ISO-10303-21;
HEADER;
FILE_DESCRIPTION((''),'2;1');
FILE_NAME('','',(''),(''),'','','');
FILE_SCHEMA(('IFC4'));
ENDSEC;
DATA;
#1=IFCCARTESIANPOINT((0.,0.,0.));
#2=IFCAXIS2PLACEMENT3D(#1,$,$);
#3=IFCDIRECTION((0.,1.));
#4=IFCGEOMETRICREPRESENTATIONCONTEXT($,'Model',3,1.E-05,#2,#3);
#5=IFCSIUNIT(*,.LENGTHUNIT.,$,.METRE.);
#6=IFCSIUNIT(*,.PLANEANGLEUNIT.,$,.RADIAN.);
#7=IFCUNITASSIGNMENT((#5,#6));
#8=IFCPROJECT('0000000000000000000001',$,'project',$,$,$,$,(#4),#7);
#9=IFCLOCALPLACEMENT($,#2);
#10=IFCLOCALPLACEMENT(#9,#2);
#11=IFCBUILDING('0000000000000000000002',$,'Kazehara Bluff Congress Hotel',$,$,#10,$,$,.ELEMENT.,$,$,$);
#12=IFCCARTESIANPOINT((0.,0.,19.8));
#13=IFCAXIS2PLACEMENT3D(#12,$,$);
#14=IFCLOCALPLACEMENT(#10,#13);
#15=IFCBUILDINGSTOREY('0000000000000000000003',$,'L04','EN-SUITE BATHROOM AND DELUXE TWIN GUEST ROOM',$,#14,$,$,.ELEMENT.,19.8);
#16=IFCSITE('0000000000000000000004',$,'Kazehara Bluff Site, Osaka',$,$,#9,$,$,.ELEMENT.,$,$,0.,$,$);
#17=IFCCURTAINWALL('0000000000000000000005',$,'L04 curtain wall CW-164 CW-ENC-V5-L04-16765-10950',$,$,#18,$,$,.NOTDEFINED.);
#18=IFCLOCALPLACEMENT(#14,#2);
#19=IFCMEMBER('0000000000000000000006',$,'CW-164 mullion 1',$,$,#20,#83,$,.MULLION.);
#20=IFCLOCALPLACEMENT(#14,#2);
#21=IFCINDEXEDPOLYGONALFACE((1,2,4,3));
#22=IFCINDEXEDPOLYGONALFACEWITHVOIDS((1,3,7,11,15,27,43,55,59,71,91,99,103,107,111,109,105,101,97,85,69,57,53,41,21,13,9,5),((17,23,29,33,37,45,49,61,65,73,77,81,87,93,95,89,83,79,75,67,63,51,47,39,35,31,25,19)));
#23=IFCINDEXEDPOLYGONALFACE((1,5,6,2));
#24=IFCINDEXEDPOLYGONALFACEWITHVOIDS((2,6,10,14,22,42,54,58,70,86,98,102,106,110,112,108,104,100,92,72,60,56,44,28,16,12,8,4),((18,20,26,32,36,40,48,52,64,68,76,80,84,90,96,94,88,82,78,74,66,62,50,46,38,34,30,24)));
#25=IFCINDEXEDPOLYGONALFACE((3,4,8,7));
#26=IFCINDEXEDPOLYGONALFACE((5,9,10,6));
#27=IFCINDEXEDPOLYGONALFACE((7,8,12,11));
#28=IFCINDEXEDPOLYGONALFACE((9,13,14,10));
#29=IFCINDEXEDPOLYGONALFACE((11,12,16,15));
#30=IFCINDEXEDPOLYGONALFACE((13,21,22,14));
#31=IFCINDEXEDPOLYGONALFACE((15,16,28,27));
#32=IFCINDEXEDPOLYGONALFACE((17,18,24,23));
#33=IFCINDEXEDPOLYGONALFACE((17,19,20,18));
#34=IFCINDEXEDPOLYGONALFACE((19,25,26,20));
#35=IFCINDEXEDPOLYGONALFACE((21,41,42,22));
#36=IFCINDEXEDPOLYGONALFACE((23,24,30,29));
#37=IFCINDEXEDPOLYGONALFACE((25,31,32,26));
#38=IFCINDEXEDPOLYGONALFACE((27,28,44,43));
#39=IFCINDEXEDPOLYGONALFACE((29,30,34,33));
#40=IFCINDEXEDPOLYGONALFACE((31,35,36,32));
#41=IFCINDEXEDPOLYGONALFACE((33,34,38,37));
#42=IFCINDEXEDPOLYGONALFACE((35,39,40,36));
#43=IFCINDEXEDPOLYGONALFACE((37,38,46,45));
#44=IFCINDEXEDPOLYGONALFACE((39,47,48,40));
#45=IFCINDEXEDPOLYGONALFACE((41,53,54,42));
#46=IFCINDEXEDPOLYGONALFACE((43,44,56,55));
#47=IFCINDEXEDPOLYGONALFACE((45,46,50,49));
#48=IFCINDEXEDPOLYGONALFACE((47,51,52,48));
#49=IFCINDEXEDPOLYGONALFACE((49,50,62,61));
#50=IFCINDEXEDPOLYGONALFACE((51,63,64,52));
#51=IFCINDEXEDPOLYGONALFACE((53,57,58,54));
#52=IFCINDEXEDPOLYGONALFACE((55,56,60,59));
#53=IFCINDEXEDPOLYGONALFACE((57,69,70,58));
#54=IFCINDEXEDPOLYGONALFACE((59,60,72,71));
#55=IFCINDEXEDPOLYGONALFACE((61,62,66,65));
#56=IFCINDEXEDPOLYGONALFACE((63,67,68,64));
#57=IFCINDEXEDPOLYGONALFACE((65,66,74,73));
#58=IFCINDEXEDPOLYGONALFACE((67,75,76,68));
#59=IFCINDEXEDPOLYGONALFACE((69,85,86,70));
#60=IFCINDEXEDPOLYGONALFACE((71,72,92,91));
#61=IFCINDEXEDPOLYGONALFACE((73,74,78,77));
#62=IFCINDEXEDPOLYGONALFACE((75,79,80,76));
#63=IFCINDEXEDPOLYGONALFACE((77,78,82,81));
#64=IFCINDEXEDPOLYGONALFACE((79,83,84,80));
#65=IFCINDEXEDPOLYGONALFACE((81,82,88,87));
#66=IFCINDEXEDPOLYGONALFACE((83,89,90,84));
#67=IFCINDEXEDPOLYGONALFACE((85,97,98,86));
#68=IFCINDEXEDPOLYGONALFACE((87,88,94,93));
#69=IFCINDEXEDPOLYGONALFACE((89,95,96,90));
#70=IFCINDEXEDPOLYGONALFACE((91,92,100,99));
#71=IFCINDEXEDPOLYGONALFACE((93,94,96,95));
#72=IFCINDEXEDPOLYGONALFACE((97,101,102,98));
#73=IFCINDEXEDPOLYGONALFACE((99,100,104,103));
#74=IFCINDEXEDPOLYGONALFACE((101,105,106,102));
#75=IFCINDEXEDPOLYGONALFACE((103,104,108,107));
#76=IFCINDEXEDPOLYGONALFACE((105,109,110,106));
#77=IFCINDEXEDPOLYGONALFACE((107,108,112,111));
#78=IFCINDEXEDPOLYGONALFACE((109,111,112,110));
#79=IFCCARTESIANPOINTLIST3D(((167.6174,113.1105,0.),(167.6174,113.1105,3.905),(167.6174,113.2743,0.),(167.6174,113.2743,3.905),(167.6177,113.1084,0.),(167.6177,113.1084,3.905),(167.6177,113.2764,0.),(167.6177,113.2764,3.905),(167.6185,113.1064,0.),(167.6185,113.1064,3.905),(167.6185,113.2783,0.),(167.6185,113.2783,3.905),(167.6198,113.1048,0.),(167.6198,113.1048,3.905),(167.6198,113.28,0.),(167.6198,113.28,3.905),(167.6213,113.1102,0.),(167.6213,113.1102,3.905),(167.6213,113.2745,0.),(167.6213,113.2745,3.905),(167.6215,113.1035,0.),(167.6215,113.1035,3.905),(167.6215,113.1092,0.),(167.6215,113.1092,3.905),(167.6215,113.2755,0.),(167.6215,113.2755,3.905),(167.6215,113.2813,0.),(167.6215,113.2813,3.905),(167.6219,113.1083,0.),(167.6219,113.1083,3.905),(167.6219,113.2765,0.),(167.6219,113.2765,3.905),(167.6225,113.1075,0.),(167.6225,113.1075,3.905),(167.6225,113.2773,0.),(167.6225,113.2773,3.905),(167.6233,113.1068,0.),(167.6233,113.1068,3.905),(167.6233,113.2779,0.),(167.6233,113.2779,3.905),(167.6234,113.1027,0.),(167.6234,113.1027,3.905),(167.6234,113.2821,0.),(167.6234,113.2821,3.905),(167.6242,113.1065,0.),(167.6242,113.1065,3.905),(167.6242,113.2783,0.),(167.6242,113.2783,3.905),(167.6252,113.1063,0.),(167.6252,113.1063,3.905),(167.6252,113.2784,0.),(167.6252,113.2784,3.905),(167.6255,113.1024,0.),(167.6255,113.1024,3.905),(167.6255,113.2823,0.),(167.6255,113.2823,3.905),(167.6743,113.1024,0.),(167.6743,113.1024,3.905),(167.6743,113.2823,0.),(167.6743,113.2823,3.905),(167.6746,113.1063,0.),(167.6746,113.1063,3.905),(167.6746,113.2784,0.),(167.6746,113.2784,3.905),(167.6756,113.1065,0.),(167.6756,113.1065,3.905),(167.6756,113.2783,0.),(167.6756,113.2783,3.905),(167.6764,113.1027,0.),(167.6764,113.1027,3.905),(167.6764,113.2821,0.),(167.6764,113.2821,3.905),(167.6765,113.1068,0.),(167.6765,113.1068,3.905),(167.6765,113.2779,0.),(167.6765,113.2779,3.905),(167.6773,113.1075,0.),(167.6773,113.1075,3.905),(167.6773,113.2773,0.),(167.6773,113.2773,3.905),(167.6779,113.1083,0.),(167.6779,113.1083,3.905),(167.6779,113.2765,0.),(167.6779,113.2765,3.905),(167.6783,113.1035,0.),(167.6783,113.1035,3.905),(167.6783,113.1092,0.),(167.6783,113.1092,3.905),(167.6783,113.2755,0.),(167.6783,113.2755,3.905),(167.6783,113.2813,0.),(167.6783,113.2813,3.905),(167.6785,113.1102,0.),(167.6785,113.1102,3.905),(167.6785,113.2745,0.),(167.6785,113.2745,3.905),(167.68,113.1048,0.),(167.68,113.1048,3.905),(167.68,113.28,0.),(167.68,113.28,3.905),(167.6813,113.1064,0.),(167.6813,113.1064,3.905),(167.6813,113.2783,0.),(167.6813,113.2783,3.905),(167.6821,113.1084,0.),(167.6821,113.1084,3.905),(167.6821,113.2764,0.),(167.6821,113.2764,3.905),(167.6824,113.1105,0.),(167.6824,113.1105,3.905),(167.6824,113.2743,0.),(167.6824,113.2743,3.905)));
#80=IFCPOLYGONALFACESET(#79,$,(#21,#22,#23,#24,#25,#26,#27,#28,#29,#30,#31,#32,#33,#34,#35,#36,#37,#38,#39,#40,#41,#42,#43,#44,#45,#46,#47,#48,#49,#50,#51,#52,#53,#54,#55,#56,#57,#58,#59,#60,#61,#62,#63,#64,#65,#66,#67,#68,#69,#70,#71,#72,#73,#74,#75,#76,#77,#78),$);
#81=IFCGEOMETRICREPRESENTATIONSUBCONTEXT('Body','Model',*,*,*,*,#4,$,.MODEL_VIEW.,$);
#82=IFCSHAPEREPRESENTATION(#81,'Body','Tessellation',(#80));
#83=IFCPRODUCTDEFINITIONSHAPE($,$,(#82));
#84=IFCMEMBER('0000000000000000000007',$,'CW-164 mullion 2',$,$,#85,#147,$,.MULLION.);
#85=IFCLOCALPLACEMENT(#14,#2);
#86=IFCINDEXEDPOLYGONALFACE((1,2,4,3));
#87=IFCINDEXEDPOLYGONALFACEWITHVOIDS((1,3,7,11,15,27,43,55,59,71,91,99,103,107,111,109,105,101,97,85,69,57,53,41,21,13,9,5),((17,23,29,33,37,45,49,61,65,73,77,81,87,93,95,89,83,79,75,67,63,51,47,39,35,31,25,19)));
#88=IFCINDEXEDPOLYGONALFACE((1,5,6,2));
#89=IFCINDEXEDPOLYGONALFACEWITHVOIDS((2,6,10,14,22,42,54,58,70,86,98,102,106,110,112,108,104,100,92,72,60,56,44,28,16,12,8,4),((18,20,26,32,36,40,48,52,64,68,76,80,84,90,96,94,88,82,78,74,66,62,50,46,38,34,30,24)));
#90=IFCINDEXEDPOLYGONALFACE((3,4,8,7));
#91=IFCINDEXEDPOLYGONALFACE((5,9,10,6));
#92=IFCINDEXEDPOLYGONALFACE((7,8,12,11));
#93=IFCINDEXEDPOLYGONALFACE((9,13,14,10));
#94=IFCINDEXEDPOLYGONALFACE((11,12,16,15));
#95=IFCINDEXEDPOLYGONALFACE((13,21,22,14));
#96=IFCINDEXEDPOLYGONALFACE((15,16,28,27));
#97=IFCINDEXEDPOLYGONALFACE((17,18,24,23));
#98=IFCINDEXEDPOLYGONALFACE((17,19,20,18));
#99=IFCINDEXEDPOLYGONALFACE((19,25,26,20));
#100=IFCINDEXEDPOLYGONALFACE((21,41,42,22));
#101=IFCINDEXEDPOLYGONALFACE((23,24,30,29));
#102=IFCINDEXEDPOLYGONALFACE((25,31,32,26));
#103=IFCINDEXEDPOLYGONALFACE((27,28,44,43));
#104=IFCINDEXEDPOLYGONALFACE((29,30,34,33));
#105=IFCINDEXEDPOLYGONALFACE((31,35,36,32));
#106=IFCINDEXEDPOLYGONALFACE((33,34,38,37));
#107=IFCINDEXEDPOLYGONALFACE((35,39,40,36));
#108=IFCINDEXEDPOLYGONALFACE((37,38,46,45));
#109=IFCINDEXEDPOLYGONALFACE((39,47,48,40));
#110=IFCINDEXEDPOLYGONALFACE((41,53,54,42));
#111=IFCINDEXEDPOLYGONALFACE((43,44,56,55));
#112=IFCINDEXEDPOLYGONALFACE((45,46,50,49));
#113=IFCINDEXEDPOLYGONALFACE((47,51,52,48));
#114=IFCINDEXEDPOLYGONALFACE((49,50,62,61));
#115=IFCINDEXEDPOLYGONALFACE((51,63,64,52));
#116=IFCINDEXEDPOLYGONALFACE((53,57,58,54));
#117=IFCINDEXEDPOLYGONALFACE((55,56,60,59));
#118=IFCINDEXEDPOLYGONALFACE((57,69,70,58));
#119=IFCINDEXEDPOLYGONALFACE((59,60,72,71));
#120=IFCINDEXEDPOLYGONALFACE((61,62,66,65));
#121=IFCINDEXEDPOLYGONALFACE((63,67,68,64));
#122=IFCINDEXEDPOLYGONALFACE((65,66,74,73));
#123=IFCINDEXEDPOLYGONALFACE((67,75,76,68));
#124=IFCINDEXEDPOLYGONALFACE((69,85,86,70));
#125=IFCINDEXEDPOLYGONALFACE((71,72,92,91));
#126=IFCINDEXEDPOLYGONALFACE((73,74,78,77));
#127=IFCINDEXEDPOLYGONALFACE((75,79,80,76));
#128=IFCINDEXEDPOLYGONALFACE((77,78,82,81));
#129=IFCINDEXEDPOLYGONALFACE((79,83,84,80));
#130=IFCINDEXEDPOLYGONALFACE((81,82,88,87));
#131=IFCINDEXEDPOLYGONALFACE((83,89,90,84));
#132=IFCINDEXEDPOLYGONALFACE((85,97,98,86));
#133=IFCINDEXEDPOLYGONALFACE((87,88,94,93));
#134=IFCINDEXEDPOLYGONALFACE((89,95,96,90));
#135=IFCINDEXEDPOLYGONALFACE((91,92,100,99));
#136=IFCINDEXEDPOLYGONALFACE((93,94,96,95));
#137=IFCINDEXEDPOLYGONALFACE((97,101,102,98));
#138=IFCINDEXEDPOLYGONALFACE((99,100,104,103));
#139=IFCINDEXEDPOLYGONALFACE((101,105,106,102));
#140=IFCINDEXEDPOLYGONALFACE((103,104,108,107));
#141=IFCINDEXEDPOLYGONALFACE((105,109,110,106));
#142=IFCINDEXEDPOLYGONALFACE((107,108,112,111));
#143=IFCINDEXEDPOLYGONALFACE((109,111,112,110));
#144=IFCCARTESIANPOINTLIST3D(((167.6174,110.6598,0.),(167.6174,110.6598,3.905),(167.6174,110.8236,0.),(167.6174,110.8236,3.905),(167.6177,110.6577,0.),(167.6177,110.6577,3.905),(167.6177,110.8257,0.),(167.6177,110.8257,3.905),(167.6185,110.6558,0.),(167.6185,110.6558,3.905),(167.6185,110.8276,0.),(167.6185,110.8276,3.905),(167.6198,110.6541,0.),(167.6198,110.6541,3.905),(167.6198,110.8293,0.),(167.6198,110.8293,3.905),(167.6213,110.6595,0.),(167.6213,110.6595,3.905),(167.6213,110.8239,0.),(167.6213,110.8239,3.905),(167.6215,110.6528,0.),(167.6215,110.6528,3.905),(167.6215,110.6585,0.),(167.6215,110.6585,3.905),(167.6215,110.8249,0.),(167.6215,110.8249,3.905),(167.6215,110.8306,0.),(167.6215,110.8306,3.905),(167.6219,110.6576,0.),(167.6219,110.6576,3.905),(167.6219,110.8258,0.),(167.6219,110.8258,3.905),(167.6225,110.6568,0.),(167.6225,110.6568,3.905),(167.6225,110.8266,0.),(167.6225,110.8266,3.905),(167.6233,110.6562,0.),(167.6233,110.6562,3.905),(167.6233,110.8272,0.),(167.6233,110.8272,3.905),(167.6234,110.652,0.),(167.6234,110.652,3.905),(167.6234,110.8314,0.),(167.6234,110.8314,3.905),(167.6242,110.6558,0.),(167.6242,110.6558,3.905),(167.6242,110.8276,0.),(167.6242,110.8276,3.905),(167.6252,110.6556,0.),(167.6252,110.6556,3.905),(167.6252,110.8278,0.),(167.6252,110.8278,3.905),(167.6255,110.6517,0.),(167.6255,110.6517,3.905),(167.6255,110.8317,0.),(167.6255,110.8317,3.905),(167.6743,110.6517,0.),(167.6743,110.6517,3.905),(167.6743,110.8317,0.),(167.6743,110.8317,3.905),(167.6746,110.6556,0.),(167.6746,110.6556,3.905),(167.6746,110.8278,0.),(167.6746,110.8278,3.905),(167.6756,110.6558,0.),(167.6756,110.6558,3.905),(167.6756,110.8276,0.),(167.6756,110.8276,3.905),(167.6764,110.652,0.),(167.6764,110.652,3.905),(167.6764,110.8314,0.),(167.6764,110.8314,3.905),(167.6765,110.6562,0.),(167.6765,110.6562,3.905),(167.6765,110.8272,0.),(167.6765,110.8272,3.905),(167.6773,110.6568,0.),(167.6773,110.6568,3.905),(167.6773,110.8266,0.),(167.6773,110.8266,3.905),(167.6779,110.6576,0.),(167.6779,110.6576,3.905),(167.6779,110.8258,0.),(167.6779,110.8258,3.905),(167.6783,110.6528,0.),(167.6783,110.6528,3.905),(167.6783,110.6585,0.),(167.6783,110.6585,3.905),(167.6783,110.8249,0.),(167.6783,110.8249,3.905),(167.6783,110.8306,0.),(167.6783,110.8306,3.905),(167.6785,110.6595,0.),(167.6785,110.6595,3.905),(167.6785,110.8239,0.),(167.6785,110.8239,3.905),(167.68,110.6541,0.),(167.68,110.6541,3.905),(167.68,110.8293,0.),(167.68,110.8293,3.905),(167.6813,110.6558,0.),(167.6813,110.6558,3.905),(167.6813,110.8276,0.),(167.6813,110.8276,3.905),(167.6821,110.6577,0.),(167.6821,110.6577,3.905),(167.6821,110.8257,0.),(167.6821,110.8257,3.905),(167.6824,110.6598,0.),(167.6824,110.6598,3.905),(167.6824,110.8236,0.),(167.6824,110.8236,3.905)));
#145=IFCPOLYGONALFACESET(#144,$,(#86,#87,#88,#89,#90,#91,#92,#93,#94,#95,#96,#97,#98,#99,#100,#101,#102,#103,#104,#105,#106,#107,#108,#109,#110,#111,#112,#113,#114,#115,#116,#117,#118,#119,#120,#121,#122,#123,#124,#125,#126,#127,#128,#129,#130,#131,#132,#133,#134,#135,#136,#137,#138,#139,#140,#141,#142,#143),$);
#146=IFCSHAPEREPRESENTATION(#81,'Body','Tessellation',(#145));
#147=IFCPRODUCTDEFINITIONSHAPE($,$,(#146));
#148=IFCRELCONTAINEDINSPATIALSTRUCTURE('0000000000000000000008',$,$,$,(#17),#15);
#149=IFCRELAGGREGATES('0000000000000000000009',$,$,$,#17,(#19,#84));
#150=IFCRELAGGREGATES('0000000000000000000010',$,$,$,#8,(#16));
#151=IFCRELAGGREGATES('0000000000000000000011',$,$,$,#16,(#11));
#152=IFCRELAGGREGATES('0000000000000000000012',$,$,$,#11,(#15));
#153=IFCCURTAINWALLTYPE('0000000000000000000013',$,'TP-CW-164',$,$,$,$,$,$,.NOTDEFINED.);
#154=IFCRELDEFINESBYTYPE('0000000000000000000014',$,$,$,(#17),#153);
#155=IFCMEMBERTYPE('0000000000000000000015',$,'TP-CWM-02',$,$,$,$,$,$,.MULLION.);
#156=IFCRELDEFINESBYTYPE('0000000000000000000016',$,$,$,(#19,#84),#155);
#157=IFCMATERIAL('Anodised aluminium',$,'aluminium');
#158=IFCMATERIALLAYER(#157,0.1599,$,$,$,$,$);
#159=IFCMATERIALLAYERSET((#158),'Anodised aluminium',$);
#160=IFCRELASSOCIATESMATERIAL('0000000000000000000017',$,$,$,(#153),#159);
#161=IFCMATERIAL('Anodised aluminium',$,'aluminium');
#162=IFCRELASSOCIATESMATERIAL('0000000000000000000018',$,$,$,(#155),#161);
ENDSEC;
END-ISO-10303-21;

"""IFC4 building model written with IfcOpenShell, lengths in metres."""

from ifc_helpers import new_model, si_unit, direction, frame, origin, origin_2d, place, context, subcontext, project, spatial, hollow_rectangle, extrude, material, layer, layer_set, material_profile, profile_set, type_object, element, aggregate, save


model = new_model("IFC4")

# Units and contexts
model_context = context("Model", 3, precision=1e-05, world=origin(), true_north=direction((0.0, 1.0)))
body_context = subcontext(model_context, "Body", "Model", "MODEL_VIEW")
ifc_project = project(units=[si_unit("LENGTHUNIT", "METRE"), si_unit("PLANEANGLEUNIT", "RADIAN")], contexts=[model_context])

# Site, building, storey
site_placement = place(None, origin())
site = spatial("IfcSite", under=ifc_project, at=site_placement, Name="Kazehara Bluff Site, Osaka", CompositionType="ELEMENT", RefElevation=0.0)
building_placement = place(site_placement, origin())
building = spatial("IfcBuilding", under=site, at=building_placement, Name="Kazehara Bluff Congress Hotel", CompositionType="ELEMENT")
storey_placement = place(building_placement, frame((0.0, 0.0, 19.8)))
storey = spatial("IfcBuildingStorey", under=building, at=storey_placement, Name="L04", Description="EN-SUITE BATHROOM AND DELUXE TWIN GUEST ROOM", CompositionType="ELEMENT", Elevation=19.8)

# Curtain wall, members
ifc_material_1 = material(Name="Anodised aluminium", Category="aluminium")
ifc_layer_1 = layer(ifc_material_1, 0.1599)
ifc_layer_set_1 = layer_set([ifc_layer_1], Name="Anodised aluminium")
curtain_wall_type_1 = type_object("IfcCurtainWallType", Name="TP-CW-164", PredefinedType="NOTDEFINED", material=ifc_layer_set_1)
curtain_wall_1_placement = place(storey_placement, origin())
curtain_wall_1 = element("IfcCurtainWall", 1, at=curtain_wall_1_placement, inside=storey, type_object=curtain_wall_type_1, Name="L04 curtain wall CW-164 CW-ENC-V5-L04-16765-10950", PredefinedType="NOTDEFINED")
ifc_material_2 = material(Name="Anodised aluminium", Category="aluminium")
ifc_material_profile_1 = material_profile(ifc_material_2, hollow_rectangle(XDim=0.0649, YDim=0.1799, WallThickness=0.0039, InnerFilletRadius=0.0039, OuterFilletRadius=0.0081, at=origin_2d()))
ifc_profile_set_1 = profile_set([ifc_material_profile_1], Name="Anodised aluminium")
member_type_1 = type_object("IfcMemberType", Name="TP-CWM-02", PredefinedType="MULLION", material=ifc_profile_set_1)
member_1_placement = place(storey_placement, frame((167.6499, 113.1924, 0.0), z_axis=(0.0, 0.0, 1.0), x_axis=(1.0, 0.0, 0.0)))
member_1 = element("IfcMember", 2, at=member_1_placement, type_object=member_type_1, Name="CW-164 mullion 1", PredefinedType="MULLION", context=body_context, shape_type="SweptSolid", body=[
    extrude(hollow_rectangle(XDim=0.0649, YDim=0.1799, WallThickness=0.0039, InnerFilletRadius=0.0039, OuterFilletRadius=0.0081, at=origin_2d()), origin(), (0.0, 0.0, 1.0), 3.905),
])
member_2_placement = place(storey_placement, frame((167.6499, 110.7417, 0.0), z_axis=(0.0, 0.0, 1.0), x_axis=(1.0, 0.0, 0.0)))
member_2 = element("IfcMember", 3, at=member_2_placement, type_object=member_type_1, Name="CW-164 mullion 2", PredefinedType="MULLION", context=body_context, shape_type="SweptSolid", body=[
    extrude(hollow_rectangle(XDim=0.0649, YDim=0.1799, WallThickness=0.0039, InnerFilletRadius=0.0039, OuterFilletRadius=0.0081, at=origin_2d()), origin(), (0.0, 0.0, 1.0), 3.905),
])

aggregate(curtain_wall_1, [member_1, member_2])

save(model, "model.ifc")
